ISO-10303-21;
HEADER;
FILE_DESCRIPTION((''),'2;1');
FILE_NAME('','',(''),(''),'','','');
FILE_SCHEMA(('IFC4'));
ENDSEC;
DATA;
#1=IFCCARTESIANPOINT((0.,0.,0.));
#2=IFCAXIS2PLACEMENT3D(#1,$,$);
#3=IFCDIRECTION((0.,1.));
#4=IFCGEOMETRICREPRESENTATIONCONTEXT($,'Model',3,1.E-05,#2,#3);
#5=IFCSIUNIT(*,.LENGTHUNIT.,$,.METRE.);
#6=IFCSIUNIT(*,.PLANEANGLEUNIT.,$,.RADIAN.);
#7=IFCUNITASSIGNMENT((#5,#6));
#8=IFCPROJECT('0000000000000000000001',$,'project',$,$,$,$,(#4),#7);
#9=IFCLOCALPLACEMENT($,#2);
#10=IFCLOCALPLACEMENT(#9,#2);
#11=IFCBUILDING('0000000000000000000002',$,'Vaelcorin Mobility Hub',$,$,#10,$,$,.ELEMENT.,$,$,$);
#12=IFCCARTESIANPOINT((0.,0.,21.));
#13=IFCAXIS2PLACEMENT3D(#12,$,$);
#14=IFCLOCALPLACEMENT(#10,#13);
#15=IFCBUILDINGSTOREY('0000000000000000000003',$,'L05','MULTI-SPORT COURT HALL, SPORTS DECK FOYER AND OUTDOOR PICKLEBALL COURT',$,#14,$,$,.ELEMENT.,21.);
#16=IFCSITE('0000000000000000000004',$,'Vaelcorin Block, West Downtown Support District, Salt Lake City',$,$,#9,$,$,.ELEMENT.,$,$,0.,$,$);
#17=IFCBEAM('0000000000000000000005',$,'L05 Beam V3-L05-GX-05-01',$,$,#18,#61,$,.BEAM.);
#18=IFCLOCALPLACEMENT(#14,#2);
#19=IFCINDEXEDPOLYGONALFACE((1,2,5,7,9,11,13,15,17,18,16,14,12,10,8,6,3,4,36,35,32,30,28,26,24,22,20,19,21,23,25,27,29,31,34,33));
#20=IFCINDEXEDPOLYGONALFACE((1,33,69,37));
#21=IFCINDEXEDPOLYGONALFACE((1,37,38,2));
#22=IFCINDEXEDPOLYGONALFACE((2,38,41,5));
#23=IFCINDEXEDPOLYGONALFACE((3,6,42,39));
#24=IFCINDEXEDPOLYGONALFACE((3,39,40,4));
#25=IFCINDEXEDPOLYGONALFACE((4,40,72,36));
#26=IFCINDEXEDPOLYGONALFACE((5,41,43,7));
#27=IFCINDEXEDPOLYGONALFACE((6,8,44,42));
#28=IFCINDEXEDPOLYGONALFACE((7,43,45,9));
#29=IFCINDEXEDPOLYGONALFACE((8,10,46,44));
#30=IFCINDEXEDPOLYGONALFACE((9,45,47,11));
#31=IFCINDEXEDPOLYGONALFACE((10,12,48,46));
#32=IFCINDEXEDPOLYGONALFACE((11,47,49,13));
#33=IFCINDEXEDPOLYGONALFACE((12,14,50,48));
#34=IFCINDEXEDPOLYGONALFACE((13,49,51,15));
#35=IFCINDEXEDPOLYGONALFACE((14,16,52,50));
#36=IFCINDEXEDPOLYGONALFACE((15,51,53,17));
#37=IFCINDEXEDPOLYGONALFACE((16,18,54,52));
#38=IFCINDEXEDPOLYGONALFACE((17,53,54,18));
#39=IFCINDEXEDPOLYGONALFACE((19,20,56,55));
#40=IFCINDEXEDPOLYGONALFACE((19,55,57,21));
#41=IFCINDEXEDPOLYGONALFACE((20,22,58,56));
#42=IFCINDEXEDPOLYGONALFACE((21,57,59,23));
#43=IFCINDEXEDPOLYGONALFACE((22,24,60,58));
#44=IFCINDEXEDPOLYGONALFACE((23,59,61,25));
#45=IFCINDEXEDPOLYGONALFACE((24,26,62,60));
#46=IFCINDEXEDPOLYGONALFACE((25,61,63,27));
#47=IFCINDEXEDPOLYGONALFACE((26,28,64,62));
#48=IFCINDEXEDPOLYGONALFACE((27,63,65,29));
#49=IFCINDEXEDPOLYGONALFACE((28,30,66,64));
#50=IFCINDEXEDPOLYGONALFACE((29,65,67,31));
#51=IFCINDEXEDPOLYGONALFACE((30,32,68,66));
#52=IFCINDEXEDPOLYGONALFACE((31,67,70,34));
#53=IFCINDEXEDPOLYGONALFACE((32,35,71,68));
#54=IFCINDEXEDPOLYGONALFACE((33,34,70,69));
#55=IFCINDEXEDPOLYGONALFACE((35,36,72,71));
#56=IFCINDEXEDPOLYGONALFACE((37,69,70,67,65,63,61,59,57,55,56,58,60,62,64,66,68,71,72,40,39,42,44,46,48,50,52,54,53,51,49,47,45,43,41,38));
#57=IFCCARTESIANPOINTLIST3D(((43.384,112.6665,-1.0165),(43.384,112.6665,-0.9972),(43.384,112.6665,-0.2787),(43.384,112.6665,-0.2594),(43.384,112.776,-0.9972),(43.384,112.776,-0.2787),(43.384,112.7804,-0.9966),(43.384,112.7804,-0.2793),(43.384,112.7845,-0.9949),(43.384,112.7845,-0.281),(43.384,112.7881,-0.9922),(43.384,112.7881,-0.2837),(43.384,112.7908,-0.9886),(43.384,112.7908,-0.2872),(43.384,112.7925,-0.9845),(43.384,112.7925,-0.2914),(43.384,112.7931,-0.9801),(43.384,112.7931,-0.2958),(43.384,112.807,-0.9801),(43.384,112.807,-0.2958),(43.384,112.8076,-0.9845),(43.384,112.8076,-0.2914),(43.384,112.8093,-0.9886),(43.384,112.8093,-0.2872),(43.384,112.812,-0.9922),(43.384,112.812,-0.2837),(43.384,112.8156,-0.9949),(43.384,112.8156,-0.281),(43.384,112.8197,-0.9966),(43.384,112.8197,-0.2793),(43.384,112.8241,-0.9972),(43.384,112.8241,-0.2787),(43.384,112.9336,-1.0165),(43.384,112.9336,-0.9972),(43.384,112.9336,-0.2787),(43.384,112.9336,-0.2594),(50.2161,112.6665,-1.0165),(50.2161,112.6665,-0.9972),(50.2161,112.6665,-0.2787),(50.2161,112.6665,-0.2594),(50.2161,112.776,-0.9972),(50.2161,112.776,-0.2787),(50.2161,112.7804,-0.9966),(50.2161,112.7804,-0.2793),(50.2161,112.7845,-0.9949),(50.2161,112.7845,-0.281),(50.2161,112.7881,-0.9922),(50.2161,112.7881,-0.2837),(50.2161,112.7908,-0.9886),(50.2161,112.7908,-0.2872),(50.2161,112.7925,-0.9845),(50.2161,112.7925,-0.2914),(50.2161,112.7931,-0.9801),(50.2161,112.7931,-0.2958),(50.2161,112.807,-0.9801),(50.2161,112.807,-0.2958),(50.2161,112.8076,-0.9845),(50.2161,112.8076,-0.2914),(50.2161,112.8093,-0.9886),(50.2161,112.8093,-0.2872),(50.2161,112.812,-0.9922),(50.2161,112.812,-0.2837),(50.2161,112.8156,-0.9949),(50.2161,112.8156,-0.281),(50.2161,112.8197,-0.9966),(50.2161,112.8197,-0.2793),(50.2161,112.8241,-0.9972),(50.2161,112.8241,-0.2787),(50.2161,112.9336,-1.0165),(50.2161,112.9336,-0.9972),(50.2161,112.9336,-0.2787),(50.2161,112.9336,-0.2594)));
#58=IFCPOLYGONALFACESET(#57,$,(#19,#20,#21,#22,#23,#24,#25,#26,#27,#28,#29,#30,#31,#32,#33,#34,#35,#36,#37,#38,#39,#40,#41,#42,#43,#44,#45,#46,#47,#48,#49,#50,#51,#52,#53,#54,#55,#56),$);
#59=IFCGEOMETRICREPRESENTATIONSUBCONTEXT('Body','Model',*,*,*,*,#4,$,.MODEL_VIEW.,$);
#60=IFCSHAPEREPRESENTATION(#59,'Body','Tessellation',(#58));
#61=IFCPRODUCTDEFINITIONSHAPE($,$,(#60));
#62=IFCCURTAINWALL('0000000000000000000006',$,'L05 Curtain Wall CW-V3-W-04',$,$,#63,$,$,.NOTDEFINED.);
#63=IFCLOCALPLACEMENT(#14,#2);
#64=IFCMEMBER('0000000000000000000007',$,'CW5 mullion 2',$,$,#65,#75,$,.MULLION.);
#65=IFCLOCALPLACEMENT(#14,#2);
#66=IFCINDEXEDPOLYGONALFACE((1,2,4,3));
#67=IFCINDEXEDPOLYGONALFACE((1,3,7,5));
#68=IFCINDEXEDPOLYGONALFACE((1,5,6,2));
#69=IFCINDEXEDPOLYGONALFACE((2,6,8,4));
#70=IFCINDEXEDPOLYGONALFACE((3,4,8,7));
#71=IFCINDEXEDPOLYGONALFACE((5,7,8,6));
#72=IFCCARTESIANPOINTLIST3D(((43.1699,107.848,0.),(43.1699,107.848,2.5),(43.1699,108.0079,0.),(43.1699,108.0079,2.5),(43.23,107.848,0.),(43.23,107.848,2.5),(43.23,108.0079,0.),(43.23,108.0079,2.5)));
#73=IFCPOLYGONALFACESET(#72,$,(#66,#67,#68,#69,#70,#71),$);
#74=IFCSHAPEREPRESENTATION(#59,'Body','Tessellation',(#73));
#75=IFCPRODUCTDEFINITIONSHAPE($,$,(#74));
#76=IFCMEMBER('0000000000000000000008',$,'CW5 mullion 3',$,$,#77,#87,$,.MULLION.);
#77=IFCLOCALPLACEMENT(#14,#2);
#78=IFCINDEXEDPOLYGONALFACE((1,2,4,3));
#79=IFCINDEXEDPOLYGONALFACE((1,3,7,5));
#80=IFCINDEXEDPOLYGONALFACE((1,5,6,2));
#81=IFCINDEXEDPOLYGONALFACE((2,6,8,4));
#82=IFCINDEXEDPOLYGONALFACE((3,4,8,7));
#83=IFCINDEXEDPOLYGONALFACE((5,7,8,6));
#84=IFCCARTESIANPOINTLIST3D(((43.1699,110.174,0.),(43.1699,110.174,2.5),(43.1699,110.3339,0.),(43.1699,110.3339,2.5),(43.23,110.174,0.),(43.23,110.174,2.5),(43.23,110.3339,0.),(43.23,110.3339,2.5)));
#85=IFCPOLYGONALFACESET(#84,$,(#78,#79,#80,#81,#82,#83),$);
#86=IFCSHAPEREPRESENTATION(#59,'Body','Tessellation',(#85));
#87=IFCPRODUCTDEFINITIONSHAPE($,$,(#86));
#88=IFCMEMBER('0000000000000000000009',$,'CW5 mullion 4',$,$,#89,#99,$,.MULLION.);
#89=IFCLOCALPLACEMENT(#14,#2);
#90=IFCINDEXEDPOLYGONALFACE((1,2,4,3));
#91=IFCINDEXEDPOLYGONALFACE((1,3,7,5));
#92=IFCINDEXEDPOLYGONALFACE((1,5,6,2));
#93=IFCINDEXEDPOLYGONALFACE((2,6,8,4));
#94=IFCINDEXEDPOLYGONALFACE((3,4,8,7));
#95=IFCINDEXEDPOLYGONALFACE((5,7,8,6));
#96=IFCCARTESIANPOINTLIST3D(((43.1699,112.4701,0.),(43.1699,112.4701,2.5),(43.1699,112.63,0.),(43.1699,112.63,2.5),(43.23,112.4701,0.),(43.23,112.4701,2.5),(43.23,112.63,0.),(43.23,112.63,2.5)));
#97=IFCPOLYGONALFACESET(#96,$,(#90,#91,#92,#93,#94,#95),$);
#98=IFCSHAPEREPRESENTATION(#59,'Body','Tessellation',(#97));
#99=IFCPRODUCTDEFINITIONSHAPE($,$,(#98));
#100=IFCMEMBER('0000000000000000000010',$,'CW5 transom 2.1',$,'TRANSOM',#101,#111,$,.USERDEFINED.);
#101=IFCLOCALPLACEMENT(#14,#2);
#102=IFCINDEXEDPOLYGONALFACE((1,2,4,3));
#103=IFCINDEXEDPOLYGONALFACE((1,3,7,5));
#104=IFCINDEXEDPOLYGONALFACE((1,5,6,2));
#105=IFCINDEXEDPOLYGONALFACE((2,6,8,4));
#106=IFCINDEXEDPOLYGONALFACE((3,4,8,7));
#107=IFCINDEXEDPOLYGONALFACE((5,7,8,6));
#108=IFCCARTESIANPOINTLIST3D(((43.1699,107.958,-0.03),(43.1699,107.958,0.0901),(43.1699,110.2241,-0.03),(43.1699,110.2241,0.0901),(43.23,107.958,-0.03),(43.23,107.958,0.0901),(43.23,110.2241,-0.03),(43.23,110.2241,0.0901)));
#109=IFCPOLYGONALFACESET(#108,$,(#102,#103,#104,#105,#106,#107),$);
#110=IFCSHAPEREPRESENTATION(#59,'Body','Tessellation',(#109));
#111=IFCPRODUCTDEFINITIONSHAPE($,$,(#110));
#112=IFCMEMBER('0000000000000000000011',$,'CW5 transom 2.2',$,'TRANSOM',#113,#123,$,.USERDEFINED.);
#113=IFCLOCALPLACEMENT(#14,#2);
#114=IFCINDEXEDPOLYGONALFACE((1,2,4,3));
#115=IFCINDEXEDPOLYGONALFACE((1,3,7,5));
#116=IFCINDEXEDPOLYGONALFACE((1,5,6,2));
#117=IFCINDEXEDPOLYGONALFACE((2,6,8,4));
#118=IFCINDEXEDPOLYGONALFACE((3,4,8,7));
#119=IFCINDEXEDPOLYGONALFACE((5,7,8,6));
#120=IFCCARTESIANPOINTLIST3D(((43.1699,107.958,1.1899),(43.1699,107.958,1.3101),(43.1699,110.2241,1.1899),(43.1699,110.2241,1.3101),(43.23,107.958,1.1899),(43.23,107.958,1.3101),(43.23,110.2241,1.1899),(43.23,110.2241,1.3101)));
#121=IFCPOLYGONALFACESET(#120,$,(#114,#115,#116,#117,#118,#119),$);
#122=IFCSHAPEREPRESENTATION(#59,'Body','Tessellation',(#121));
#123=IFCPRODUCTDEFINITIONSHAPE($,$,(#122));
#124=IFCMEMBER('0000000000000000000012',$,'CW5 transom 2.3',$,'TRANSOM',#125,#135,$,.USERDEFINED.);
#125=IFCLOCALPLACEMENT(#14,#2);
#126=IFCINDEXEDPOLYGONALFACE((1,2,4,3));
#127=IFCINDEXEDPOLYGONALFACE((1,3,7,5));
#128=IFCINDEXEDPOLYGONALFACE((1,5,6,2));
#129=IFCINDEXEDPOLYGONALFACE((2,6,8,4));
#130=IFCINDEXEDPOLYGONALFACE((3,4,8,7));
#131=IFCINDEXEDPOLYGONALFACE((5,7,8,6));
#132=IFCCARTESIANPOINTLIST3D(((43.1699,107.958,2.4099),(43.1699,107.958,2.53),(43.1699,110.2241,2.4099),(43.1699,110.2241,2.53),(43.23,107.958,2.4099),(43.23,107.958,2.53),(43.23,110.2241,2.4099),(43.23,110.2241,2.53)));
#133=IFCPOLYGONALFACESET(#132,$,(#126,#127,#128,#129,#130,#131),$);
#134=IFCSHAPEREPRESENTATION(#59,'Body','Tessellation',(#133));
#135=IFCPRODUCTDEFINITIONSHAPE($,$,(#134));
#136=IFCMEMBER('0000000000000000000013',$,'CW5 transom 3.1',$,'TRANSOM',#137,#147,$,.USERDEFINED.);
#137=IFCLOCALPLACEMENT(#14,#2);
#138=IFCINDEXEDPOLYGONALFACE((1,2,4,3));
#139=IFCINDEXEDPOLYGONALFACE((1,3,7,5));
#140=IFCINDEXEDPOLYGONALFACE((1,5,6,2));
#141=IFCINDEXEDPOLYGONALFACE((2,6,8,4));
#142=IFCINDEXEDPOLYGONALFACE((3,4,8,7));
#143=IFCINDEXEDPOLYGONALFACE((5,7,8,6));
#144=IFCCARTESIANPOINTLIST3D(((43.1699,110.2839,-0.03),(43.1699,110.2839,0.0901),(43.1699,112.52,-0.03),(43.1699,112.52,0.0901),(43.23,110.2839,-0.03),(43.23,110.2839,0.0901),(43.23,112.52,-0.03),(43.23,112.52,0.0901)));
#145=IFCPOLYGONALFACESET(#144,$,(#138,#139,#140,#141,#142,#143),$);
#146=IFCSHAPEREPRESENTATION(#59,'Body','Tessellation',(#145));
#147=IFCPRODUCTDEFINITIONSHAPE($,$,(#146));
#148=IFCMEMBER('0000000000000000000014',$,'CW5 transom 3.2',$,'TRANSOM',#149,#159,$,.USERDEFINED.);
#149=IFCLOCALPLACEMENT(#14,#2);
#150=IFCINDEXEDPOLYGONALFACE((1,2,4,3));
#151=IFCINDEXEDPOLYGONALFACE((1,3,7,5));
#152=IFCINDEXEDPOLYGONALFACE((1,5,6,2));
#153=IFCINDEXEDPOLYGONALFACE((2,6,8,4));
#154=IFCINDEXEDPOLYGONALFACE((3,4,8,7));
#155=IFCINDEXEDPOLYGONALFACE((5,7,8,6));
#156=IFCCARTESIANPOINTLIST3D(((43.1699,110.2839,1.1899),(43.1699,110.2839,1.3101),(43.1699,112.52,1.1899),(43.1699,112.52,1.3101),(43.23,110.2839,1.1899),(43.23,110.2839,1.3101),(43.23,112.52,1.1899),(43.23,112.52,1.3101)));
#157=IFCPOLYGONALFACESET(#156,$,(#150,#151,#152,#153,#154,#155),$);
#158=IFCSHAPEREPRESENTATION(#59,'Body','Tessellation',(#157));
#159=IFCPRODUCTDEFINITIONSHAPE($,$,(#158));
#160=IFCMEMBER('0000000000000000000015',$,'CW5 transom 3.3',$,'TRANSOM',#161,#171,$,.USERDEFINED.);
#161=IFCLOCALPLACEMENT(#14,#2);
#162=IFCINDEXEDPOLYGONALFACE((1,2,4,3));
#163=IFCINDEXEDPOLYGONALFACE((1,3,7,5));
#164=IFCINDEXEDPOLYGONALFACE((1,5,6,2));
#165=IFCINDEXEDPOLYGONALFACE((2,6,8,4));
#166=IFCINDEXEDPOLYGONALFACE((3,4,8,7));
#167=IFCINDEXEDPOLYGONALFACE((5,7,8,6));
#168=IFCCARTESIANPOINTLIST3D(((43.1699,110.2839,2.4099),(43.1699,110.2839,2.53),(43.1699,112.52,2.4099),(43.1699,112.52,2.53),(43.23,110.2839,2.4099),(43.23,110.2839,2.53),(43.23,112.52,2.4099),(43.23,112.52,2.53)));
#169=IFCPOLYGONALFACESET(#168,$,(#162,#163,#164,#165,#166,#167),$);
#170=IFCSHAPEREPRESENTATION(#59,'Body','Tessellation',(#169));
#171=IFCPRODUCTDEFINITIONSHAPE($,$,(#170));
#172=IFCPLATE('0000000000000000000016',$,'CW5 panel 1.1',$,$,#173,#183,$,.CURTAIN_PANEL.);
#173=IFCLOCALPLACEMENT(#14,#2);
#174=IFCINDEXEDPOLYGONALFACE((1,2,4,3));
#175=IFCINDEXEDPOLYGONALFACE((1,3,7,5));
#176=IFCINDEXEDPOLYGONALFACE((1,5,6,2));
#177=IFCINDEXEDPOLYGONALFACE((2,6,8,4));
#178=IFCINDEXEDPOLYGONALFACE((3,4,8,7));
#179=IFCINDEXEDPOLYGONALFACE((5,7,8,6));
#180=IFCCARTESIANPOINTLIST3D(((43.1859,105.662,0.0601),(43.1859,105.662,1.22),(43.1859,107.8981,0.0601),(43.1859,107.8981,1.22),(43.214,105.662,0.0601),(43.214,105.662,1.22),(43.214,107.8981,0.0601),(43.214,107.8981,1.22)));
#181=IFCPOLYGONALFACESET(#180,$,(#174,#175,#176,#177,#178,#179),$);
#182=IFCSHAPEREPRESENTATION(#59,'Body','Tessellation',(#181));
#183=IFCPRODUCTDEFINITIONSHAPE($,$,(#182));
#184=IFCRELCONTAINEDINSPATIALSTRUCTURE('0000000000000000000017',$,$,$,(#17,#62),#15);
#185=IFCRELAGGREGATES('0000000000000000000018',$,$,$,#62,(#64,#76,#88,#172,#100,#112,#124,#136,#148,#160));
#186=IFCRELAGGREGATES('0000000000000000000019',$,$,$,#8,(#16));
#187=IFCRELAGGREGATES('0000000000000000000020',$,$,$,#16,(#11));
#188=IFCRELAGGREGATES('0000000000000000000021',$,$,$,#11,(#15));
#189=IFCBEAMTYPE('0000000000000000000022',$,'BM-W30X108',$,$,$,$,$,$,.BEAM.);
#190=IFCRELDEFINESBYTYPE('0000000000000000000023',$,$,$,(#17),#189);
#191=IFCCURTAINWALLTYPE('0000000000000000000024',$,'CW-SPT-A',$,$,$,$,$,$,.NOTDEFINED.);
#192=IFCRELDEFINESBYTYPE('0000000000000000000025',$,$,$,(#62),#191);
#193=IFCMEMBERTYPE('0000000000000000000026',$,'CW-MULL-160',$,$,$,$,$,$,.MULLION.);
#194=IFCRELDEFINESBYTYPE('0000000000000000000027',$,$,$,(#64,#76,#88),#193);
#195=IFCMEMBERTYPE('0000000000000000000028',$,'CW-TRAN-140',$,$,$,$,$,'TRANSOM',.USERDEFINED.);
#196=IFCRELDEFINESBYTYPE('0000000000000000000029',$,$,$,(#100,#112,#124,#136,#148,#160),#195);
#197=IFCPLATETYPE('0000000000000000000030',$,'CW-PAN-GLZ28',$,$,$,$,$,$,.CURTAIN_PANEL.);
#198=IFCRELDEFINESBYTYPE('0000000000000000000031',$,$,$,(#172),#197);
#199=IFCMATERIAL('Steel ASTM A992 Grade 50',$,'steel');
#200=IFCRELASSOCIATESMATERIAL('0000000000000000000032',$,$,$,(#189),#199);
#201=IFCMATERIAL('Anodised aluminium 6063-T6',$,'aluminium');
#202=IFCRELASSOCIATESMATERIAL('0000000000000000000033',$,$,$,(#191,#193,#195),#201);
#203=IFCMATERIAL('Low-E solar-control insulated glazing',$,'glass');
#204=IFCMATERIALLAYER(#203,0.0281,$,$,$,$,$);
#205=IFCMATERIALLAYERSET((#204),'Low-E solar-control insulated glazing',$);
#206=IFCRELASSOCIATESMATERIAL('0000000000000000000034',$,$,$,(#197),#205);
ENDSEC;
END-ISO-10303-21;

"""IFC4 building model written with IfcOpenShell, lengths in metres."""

from ifc_helpers import new_model, si_unit, direction, frame, origin, origin_2d, place, context, subcontext, project, spatial, rectangle, i_section, extrude, material, layer, layer_set, material_profile, profile_set, type_object, element, aggregate, save


model = new_model("IFC4")

# Units and contexts
model_context = context("Model", 3, precision=1e-05, world=origin(), true_north=direction((0.0, 1.0)))
body_context = subcontext(model_context, "Body", "Model", "MODEL_VIEW")
ifc_project = project(units=[si_unit("LENGTHUNIT", "METRE"), si_unit("PLANEANGLEUNIT", "RADIAN")], contexts=[model_context])

# Site, building, storey
site_placement = place(None, origin())
site = spatial("IfcSite", under=ifc_project, at=site_placement, Name="Vaelcorin Block, West Downtown Support District, Salt Lake City", CompositionType="ELEMENT", RefElevation=0.0)
building_placement = place(site_placement, origin())
building = spatial("IfcBuilding", under=site, at=building_placement, Name="Vaelcorin Mobility Hub", CompositionType="ELEMENT")
storey_placement = place(building_placement, frame((0.0, 0.0, 21.0)))
storey = spatial("IfcBuildingStorey", under=building, at=storey_placement, Name="L05", Description="MULTI-SPORT COURT HALL, SPORTS DECK FOYER AND OUTDOOR PICKLEBALL COURT", CompositionType="ELEMENT", Elevation=21.0)

# Shared definitions
ifc_material_1 = material(Name="Steel ASTM A992 Grade 50", Category="steel")

# Beam
ifc_material_profile_1 = material_profile(ifc_material_1, i_section(OverallWidth=0.2671, OverallDepth=0.7571, WebThickness=0.0139, FlangeThickness=0.0193, FilletRadius=0.0171, at=origin_2d()), Name="W30X108")
ifc_profile_set_1 = profile_set([ifc_material_profile_1], Name="Steel ASTM A992 Grade 50")
beam_type_1 = type_object("IfcBeamType", Name="BM-W30X108", PredefinedType="BEAM", material=ifc_profile_set_1)
beam_1_placement = place(storey_placement, frame((43.384, 112.8, -0.6379), z_axis=(1.0, 0.0, 0.0), x_axis=(0.0, 1.0, 0.0)))
element("IfcBeam", 1, at=beam_1_placement, inside=storey, type_object=beam_type_1, Name="L05 Beam V3-L05-GX-05-01", PredefinedType="BEAM", context=body_context, shape_type="SweptSolid", body=[
    extrude(i_section(OverallWidth=0.2671, OverallDepth=0.7571, WebThickness=0.0139, FlangeThickness=0.0193, FilletRadius=0.0171, at=origin_2d()), origin(), (0.0, 0.0, 1.0), 6.832),
])

# Curtain wall, members, plate
ifc_material_2 = material(Name="Anodised aluminium 6063-T6", Category="aluminium")
curtain_wall_type = type_object("IfcCurtainWallType", Name="CW-SPT-A", PredefinedType="NOTDEFINED", material=ifc_material_2)
curtain_wall_placement = place(storey_placement, origin())
curtain_wall = element("IfcCurtainWall", 2, at=curtain_wall_placement, inside=storey, type_object=curtain_wall_type, Name="L05 Curtain Wall CW-V3-W-04", PredefinedType="NOTDEFINED")
ifc_material_profile_2 = material_profile(ifc_material_2, rectangle(XDim=0.0601, YDim=0.1599, at=origin_2d()), Name="ALU-M60X160")
ifc_profile_set_2 = profile_set([ifc_material_profile_2], Name="Anodised aluminium 6063-T6")
member_type_1 = type_object("IfcMemberType", Name="CW-MULL-160", PredefinedType="MULLION", material=ifc_profile_set_2)
member_1_placement = place(storey_placement, frame((43.2, 107.928, 0.0), z_axis=(0.0, 0.0, 1.0), x_axis=(-1.0, 0.0, 0.0)))
member_1 = element("IfcMember", 3, at=member_1_placement, type_object=member_type_1, Name="CW5 mullion 2", PredefinedType="MULLION", context=body_context, shape_type="SweptSolid", body=[
    extrude(rectangle(XDim=0.0601, YDim=0.1599, at=origin_2d()), origin(), (0.0, 0.0, 1.0), 2.5),
])
member_2_placement = place(storey_placement, frame((43.2, 110.2539, 0.0), z_axis=(0.0, 0.0, 1.0), x_axis=(-1.0, 0.0, 0.0)))
member_2 = element("IfcMember", 4, at=member_2_placement, type_object=member_type_1, Name="CW5 mullion 3", PredefinedType="MULLION", context=body_context, shape_type="SweptSolid", body=[
    extrude(rectangle(XDim=0.0601, YDim=0.1599, at=origin_2d()), origin(), (0.0, 0.0, 1.0), 2.5),
])
member_3_placement = place(storey_placement, frame((43.2, 112.55, 0.0), z_axis=(0.0, 0.0, 1.0), x_axis=(-1.0, 0.0, 0.0)))
member_3 = element("IfcMember", 5, at=member_3_placement, type_object=member_type_1, Name="CW5 mullion 4", PredefinedType="MULLION", context=body_context, shape_type="SweptSolid", body=[
    extrude(rectangle(XDim=0.0601, YDim=0.1599, at=origin_2d()), origin(), (0.0, 0.0, 1.0), 2.5),
])
ifc_material_profile_3 = material_profile(ifc_material_2, rectangle(XDim=0.0601, YDim=0.1201, at=origin_2d()), Name="ALU-T60X120")
ifc_profile_set_3 = profile_set([ifc_material_profile_3], Name="Anodised aluminium 6063-T6")
member_type_2 = type_object("IfcMemberType", Name="CW-TRAN-140", ElementType="TRANSOM", PredefinedType="USERDEFINED", material=ifc_profile_set_3)
member_4_placement = place(storey_placement, frame((43.2, 107.958, 0.03), z_axis=(0.0, 1.0, 0.0), x_axis=(-1.0, 0.0, 0.0)))
member_4 = element("IfcMember", 6, at=member_4_placement, type_object=member_type_2, Name="CW5 transom 2.1", ObjectType="TRANSOM", PredefinedType="USERDEFINED", context=body_context, shape_type="SweptSolid", body=[
    extrude(rectangle(XDim=0.0601, YDim=0.1201, at=origin_2d()), origin(), (0.0, 0.0, 1.0), 2.2661),
])
member_5_placement = place(storey_placement, frame((43.2, 107.958, 1.25), z_axis=(0.0, 1.0, 0.0), x_axis=(-1.0, 0.0, 0.0)))
member_5 = element("IfcMember", 7, at=member_5_placement, type_object=member_type_2, Name="CW5 transom 2.2", ObjectType="TRANSOM", PredefinedType="USERDEFINED", context=body_context, shape_type="SweptSolid", body=[
    extrude(rectangle(XDim=0.0601, YDim=0.1201, at=origin_2d()), origin(), (0.0, 0.0, 1.0), 2.2661),
])
member_6_placement = place(storey_placement, frame((43.2, 107.958, 2.47), z_axis=(0.0, 1.0, 0.0), x_axis=(-1.0, 0.0, 0.0)))
member_6 = element("IfcMember", 8, at=member_6_placement, type_object=member_type_2, Name="CW5 transom 2.3", ObjectType="TRANSOM", PredefinedType="USERDEFINED", context=body_context, shape_type="SweptSolid", body=[
    extrude(rectangle(XDim=0.0601, YDim=0.1201, at=origin_2d()), origin(), (0.0, 0.0, 1.0), 2.2661),
])
member_7_placement = place(storey_placement, frame((43.2, 110.2839, 0.03), z_axis=(0.0, 1.0, 0.0), x_axis=(-1.0, 0.0, 0.0)))
member_7 = element("IfcMember", 9, at=member_7_placement, type_object=member_type_2, Name="CW5 transom 3.1", ObjectType="TRANSOM", PredefinedType="USERDEFINED", context=body_context, shape_type="SweptSolid", body=[
    extrude(rectangle(XDim=0.0601, YDim=0.1201, at=origin_2d()), origin(), (0.0, 0.0, 1.0), 2.2361),
])
member_8_placement = place(storey_placement, frame((43.2, 110.2839, 1.25), z_axis=(0.0, 1.0, 0.0), x_axis=(-1.0, 0.0, 0.0)))
member_8 = element("IfcMember", 10, at=member_8_placement, type_object=member_type_2, Name="CW5 transom 3.2", ObjectType="TRANSOM", PredefinedType="USERDEFINED", context=body_context, shape_type="SweptSolid", body=[
    extrude(rectangle(XDim=0.0601, YDim=0.1201, at=origin_2d()), origin(), (0.0, 0.0, 1.0), 2.2361),
])
member_9_placement = place(storey_placement, frame((43.2, 110.2839, 2.47), z_axis=(0.0, 1.0, 0.0), x_axis=(-1.0, 0.0, 0.0)))
member_9 = element("IfcMember", 11, at=member_9_placement, type_object=member_type_2, Name="CW5 transom 3.3", ObjectType="TRANSOM", PredefinedType="USERDEFINED", context=body_context, shape_type="SweptSolid", body=[
    extrude(rectangle(XDim=0.0601, YDim=0.1201, at=origin_2d()), origin(), (0.0, 0.0, 1.0), 2.2361),
])
ifc_material_3 = material(Name="Low-E solar-control insulated glazing", Category="glass")
ifc_layer = layer(ifc_material_3, 0.0281)
ifc_layer_set = layer_set([ifc_layer], Name="Low-E solar-control insulated glazing")
plate_type = type_object("IfcPlateType", Name="CW-PAN-GLZ28", PredefinedType="CURTAIN_PANEL", material=ifc_layer_set)
plate_1_placement = place(storey_placement, frame((43.2, 106.78, 0.0601), z_axis=(0.0, 0.0, 1.0), x_axis=(0.0, 1.0, 0.0)))
plate_1 = element("IfcPlate", 12, at=plate_1_placement, type_object=plate_type, Name="CW5 panel 1.1", PredefinedType="CURTAIN_PANEL", context=body_context, shape_type="SweptSolid", body=[
    extrude(rectangle(XDim=2.2361, YDim=0.0281, at=origin_2d()), origin(), (0.0, 0.0, 1.0), 1.1599),
])
aggregate(curtain_wall, [member_1, member_2, member_3, plate_1, member_4, member_5, member_6, member_7, member_8, member_9])

save(model, "model.ifc")
